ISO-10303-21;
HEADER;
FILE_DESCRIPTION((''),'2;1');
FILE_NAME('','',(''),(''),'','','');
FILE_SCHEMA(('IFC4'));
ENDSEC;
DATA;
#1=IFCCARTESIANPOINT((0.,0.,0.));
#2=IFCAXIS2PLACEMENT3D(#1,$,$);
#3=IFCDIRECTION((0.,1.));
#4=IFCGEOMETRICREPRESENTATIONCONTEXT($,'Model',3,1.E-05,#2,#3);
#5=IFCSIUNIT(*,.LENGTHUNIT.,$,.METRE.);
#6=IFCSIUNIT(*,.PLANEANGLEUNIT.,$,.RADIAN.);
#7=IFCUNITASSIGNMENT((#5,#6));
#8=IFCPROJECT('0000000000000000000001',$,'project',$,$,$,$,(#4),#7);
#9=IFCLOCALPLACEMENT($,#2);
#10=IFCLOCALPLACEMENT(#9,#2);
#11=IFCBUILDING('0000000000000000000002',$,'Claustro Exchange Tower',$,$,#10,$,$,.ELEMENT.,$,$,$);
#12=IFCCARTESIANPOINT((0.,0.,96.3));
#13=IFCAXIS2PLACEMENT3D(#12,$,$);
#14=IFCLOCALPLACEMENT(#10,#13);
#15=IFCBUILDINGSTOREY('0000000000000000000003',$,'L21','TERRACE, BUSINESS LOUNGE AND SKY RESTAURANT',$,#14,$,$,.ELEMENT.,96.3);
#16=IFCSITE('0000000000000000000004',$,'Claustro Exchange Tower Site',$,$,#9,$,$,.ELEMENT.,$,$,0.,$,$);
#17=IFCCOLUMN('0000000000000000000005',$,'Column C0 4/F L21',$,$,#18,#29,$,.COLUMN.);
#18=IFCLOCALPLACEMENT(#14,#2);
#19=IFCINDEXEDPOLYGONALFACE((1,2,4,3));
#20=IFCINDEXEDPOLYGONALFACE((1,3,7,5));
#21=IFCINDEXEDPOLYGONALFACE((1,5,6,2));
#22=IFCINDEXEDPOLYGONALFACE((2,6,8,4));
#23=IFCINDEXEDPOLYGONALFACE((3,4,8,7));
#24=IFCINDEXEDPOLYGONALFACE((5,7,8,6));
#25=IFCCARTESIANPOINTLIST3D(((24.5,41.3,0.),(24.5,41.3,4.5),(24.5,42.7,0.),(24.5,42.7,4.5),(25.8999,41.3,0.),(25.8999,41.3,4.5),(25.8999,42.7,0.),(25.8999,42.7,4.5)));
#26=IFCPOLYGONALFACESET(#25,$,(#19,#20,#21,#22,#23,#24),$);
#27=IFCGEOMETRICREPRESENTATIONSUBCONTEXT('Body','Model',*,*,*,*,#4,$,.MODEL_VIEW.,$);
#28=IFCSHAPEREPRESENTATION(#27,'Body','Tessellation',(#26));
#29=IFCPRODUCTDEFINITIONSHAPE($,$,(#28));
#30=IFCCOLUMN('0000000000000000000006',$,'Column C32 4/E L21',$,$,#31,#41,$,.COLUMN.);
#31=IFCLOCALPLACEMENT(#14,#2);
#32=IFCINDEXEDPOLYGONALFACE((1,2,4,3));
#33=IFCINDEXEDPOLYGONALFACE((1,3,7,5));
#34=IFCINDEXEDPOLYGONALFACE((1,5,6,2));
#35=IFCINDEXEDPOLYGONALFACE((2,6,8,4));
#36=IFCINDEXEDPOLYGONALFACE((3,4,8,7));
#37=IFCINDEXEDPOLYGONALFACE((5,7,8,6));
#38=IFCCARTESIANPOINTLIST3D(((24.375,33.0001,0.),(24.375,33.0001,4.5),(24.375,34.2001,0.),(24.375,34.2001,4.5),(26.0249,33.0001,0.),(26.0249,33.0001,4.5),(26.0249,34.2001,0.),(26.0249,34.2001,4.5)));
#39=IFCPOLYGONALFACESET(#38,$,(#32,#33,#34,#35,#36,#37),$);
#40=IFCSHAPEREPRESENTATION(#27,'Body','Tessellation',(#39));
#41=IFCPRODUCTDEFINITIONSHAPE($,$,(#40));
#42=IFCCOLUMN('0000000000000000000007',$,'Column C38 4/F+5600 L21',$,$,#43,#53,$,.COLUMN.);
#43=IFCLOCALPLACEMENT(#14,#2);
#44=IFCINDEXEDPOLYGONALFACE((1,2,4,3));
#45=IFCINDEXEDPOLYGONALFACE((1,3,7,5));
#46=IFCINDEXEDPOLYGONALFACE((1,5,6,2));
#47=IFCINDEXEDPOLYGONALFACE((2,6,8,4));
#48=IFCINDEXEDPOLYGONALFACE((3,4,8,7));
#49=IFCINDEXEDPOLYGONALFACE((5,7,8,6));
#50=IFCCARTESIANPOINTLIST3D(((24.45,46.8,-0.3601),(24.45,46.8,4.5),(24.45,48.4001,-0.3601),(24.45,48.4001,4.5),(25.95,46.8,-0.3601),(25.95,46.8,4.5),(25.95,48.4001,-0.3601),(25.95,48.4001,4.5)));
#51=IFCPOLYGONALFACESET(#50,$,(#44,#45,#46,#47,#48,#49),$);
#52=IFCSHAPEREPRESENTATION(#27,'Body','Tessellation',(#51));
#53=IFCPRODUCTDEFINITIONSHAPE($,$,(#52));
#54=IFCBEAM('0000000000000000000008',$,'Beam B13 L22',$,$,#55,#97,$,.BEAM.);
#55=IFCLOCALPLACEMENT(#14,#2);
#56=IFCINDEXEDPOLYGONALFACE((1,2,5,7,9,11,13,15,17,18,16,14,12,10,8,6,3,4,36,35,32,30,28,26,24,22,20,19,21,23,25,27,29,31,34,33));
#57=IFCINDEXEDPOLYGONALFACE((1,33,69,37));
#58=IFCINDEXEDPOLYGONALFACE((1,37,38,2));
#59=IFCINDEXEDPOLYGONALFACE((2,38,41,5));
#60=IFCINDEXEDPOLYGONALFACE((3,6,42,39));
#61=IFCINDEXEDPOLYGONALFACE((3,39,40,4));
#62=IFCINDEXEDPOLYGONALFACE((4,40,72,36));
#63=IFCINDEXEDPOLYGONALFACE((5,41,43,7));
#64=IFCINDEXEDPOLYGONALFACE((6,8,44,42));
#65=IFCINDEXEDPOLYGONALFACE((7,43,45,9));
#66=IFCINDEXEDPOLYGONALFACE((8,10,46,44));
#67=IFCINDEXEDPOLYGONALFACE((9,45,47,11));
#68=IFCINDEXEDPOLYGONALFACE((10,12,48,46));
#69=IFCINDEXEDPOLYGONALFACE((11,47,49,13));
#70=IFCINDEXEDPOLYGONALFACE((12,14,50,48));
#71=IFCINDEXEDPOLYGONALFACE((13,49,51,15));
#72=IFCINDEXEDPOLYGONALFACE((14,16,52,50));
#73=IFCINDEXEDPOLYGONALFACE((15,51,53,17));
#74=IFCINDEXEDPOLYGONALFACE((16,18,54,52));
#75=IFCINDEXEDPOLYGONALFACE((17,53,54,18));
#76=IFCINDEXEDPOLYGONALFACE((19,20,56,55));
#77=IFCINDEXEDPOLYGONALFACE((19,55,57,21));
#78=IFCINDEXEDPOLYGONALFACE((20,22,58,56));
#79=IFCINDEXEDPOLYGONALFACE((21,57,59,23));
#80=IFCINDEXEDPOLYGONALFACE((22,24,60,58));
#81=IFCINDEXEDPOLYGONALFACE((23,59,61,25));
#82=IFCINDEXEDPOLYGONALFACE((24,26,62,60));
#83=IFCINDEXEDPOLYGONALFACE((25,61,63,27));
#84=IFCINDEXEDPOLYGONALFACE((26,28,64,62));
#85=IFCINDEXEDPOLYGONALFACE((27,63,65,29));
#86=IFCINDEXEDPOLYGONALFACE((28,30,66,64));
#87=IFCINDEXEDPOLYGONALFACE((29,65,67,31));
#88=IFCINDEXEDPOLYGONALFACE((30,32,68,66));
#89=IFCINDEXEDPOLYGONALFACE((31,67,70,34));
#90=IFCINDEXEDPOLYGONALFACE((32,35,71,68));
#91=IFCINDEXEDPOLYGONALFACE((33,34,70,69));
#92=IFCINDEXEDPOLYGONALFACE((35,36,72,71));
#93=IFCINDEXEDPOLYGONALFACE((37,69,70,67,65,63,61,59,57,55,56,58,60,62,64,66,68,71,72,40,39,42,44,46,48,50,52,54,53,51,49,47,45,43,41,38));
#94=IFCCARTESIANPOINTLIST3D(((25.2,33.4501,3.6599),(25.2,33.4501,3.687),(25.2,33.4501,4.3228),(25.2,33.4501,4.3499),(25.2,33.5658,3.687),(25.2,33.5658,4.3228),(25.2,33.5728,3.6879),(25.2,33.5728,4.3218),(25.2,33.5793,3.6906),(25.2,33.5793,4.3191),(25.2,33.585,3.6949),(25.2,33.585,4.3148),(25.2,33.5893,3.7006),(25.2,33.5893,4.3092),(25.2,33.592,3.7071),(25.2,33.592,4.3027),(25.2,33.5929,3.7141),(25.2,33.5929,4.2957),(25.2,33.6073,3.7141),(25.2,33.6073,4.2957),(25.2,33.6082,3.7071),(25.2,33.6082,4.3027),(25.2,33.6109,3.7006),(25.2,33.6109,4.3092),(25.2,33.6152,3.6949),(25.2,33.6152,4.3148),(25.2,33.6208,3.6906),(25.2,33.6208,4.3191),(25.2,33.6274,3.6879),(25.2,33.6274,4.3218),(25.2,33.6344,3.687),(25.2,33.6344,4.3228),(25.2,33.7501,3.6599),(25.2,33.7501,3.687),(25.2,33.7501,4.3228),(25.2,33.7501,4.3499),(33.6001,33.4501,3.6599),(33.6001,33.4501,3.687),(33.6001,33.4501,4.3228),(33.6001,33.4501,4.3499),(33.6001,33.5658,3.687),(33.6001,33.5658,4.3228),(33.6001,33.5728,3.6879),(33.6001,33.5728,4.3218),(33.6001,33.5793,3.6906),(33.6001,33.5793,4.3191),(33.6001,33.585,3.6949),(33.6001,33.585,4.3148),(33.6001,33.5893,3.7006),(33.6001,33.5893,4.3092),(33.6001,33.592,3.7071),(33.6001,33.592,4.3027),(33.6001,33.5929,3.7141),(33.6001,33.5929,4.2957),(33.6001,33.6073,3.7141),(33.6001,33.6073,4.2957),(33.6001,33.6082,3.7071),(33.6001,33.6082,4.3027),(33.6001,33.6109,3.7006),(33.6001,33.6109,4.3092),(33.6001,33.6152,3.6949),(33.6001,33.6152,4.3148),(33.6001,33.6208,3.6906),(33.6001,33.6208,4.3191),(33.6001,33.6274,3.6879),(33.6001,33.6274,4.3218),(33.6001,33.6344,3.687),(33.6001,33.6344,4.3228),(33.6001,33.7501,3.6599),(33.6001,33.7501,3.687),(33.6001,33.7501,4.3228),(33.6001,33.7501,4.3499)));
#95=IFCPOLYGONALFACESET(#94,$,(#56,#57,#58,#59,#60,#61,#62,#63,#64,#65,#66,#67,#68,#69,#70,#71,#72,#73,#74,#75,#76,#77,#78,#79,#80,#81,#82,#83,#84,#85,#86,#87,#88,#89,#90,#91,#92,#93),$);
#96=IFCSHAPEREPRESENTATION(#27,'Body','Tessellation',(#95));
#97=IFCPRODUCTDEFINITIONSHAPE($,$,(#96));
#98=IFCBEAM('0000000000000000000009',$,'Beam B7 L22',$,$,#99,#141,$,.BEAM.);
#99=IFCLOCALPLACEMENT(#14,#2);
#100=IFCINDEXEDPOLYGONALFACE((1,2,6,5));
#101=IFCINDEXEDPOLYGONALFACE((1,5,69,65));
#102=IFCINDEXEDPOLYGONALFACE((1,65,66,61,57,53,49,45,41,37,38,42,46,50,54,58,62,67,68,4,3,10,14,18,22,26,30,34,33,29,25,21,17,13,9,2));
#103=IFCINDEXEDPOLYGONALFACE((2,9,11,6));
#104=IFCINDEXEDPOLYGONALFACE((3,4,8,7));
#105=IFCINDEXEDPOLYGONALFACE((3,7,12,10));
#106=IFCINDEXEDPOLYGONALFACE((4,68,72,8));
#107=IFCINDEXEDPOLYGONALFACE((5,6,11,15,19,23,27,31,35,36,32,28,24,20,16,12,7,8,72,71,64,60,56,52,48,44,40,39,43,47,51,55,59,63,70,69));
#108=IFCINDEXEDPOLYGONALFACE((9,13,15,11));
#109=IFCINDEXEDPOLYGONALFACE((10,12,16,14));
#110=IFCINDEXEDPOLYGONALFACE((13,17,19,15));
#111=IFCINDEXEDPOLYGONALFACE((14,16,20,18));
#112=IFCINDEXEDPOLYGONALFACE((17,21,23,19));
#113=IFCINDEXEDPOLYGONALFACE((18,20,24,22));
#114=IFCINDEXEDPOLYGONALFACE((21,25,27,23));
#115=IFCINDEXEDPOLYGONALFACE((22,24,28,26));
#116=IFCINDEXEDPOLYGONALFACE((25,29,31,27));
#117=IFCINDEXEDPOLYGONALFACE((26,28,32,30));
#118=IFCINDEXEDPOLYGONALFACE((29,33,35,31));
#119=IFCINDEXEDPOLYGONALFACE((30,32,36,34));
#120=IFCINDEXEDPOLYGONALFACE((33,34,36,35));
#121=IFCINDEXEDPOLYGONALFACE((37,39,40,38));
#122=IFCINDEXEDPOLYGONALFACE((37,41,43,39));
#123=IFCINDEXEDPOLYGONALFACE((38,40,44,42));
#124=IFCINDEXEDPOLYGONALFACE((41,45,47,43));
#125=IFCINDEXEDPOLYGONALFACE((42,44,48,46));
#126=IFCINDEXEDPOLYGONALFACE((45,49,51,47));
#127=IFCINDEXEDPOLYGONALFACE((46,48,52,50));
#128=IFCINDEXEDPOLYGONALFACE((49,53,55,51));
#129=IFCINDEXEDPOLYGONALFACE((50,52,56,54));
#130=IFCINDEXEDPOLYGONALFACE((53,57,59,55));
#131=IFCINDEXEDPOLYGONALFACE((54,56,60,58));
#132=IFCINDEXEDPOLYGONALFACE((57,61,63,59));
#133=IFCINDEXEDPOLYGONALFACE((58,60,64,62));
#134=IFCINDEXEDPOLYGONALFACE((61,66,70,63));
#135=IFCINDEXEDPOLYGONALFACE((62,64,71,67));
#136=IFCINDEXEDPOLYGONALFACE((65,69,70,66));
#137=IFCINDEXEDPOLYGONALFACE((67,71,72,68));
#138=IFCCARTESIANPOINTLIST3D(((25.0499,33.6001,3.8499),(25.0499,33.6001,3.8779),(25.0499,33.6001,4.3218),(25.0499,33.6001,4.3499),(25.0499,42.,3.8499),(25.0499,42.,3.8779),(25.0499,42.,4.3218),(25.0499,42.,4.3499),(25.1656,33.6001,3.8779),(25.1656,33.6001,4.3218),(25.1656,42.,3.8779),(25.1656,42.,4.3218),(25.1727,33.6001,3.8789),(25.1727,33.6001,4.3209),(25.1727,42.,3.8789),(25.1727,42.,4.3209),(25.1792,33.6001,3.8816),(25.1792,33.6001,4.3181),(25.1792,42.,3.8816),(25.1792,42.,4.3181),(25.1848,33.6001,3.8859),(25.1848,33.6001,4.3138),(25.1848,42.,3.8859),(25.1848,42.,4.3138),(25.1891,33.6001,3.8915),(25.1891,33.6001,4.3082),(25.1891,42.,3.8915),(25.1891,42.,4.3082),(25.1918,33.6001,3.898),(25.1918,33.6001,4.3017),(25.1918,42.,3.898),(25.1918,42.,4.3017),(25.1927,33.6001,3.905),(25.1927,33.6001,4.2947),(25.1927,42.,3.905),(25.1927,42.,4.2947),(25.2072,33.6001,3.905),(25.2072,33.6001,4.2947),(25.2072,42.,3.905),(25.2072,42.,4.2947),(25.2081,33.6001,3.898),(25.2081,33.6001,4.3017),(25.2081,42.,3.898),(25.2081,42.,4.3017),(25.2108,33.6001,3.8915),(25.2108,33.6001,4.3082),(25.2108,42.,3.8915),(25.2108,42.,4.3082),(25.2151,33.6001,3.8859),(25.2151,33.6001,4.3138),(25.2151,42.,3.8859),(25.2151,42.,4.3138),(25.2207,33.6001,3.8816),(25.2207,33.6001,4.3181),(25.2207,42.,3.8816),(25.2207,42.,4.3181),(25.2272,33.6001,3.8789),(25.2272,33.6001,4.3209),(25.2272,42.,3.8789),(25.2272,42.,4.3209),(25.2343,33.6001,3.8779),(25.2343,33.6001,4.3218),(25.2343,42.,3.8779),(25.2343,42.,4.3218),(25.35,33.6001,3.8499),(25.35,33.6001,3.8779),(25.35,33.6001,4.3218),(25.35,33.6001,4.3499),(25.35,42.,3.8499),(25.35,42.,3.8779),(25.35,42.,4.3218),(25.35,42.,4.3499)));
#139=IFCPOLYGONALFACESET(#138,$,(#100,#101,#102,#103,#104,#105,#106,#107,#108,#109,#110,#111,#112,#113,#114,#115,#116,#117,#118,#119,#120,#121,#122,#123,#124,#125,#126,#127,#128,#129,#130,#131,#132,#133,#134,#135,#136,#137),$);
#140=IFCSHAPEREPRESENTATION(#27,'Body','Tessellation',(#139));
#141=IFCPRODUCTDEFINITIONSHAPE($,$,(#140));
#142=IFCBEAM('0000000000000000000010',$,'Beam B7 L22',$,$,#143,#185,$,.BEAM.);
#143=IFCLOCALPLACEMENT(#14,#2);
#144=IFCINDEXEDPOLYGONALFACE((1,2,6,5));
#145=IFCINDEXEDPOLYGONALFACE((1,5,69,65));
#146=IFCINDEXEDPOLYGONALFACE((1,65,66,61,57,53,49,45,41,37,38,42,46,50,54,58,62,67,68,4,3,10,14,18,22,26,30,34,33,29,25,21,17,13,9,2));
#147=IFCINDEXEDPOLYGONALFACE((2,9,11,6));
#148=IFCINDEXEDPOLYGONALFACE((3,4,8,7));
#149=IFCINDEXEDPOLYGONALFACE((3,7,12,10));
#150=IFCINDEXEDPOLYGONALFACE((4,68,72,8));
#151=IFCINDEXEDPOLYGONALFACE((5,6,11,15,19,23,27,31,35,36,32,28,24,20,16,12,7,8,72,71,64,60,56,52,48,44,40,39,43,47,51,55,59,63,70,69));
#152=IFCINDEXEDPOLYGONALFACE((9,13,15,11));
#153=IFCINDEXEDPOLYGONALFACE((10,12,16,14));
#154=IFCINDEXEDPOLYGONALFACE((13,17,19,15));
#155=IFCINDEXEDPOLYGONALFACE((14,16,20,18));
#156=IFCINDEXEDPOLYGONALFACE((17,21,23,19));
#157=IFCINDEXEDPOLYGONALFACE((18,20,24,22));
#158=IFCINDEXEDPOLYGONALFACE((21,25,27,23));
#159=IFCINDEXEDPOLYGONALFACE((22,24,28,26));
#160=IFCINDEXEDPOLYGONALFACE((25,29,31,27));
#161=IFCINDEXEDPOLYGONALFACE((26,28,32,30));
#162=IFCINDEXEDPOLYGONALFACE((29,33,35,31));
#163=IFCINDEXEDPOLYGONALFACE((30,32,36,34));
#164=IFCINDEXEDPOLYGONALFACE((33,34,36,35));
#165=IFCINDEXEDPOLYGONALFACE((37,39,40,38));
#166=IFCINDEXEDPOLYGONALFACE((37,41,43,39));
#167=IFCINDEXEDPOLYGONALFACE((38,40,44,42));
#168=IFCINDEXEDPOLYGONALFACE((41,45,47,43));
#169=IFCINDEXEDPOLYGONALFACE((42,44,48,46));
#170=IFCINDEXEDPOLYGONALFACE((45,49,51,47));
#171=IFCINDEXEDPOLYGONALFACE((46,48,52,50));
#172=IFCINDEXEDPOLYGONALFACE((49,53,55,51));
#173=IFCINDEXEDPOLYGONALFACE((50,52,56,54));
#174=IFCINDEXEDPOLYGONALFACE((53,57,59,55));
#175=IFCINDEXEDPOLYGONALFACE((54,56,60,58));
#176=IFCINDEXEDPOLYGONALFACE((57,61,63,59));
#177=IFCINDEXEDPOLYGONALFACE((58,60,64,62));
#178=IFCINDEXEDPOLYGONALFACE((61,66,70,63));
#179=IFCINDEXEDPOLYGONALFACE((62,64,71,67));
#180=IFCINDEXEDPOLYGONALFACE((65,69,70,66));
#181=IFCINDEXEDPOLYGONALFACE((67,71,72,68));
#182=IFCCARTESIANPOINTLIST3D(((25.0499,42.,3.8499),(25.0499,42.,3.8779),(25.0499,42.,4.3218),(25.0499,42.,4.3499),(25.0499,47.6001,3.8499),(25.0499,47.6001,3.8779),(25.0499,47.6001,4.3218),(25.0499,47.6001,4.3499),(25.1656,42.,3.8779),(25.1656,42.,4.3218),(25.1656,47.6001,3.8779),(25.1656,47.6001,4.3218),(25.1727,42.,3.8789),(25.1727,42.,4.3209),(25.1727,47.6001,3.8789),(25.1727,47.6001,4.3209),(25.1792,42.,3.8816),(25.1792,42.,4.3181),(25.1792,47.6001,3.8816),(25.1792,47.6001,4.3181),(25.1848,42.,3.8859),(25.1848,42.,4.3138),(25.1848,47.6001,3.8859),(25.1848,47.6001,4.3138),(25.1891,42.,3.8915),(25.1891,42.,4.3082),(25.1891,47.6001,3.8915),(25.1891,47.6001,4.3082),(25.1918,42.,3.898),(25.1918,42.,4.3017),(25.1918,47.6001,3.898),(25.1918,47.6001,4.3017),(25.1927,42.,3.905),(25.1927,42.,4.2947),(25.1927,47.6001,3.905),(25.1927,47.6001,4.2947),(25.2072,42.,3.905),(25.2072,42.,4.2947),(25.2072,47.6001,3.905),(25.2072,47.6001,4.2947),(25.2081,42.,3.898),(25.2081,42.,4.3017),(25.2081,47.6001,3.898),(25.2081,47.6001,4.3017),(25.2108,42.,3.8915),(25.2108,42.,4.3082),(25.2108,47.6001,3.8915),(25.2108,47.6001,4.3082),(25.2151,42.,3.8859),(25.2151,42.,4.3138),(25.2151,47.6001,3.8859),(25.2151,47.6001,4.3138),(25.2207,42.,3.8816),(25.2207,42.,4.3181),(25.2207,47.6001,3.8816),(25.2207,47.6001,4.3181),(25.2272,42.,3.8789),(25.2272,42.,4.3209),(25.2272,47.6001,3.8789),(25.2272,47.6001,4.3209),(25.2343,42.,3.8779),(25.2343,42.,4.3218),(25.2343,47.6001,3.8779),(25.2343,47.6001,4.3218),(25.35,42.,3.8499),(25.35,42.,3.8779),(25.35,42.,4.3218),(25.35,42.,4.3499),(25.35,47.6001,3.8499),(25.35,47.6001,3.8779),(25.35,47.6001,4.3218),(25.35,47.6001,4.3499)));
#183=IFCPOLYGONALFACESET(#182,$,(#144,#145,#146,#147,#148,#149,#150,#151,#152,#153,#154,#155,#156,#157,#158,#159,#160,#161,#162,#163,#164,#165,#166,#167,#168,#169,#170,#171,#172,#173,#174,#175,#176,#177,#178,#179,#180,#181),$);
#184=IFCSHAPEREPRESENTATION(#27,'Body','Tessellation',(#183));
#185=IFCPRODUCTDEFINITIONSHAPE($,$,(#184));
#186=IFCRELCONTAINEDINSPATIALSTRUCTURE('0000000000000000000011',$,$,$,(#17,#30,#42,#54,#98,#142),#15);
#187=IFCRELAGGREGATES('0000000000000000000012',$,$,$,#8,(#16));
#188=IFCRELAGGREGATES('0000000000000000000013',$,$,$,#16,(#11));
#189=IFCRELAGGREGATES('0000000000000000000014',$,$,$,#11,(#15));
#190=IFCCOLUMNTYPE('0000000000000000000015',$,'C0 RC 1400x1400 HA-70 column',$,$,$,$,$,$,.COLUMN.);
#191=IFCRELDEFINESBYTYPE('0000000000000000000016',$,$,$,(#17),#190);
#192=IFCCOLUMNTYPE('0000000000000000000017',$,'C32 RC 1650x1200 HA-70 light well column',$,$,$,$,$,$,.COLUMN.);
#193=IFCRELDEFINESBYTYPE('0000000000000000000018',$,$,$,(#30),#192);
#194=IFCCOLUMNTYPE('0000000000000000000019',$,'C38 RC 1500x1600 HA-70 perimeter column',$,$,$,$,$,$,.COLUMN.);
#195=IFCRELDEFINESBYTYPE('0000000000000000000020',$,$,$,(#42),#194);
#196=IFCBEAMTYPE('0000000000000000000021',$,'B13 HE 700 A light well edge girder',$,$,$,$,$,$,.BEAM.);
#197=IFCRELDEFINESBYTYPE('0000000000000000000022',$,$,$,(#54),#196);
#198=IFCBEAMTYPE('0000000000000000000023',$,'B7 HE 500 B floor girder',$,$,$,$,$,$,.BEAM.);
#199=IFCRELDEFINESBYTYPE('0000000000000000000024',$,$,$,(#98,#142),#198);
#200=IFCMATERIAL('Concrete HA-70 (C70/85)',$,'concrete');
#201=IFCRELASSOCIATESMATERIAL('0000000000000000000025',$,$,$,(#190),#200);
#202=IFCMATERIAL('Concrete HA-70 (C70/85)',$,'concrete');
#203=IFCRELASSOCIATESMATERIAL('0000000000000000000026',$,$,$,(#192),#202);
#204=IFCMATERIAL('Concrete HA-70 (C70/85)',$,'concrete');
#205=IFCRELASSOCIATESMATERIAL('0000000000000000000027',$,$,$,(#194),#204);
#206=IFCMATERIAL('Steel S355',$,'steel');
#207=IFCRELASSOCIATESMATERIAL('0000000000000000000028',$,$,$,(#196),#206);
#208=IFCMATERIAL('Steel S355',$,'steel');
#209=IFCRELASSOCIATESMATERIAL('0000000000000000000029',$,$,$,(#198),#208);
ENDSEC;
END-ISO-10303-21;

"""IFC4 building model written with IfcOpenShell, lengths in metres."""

from ifc_helpers import new_model, si_unit, direction, frame, origin, origin_2d, place, context, subcontext, project, spatial, rectangle, i_section, extrude, material, material_profile, profile_set, type_object, element, save


model = new_model("IFC4")

# Units and contexts
model_context = context("Model", 3, precision=1e-05, world=origin(), true_north=direction((0.0, 1.0)))
body_context = subcontext(model_context, "Body", "Model", "MODEL_VIEW")
ifc_project = project(units=[si_unit("LENGTHUNIT", "METRE"), si_unit("PLANEANGLEUNIT", "RADIAN")], contexts=[model_context])

# Site, building, storey
site_placement = place(None, origin())
site = spatial("IfcSite", under=ifc_project, at=site_placement, Name="Claustro Exchange Tower Site", CompositionType="ELEMENT", RefElevation=0.0)
building_placement = place(site_placement, origin())
building = spatial("IfcBuilding", under=site, at=building_placement, Name="Claustro Exchange Tower", CompositionType="ELEMENT")
storey_placement = place(building_placement, frame((0.0, 0.0, 96.3)))
storey = spatial("IfcBuildingStorey", under=building, at=storey_placement, Name="L21", Description="TERRACE, BUSINESS LOUNGE AND SKY RESTAURANT", CompositionType="ELEMENT", Elevation=96.3)

# Columns
ifc_material_1 = material(Name="Concrete HA-70 (C70/85)", Category="concrete")
ifc_material_profile_1 = material_profile(ifc_material_1, rectangle(XDim=1.3999, YDim=1.3999, at=origin_2d()), Name="RC 1400x1400")
ifc_profile_set_1 = profile_set([ifc_material_profile_1], Name="Concrete HA-70 (C70/85)")
column_type_1 = type_object("IfcColumnType", Name="C0 RC 1400x1400 HA-70 column", PredefinedType="COLUMN", material=ifc_profile_set_1)
column_1_placement = place(storey_placement, frame((25.2, 42.0, 0.0), z_axis=(0.0, 0.0, 1.0), x_axis=(1.0, 0.0, 0.0)))
element("IfcColumn", 1, at=column_1_placement, inside=storey, type_object=column_type_1, Name="Column C0 4/F L21", PredefinedType="COLUMN", context=body_context, shape_type="SweptSolid", body=[
    extrude(rectangle(XDim=1.3999, YDim=1.3999, at=origin_2d()), origin(), (0.0, 0.0, 1.0), 4.5),
])
ifc_material_2 = material(Name="Concrete HA-70 (C70/85)", Category="concrete")
ifc_material_profile_2 = material_profile(ifc_material_2, rectangle(XDim=1.6499, YDim=1.2, at=origin_2d()), Name="RC 1650x1200")
ifc_profile_set_2 = profile_set([ifc_material_profile_2], Name="Concrete HA-70 (C70/85)")
column_type_2 = type_object("IfcColumnType", Name="C32 RC 1650x1200 HA-70 light well column", PredefinedType="COLUMN", material=ifc_profile_set_2)
column_2_placement = place(storey_placement, frame((25.2, 33.6001, 0.0), z_axis=(0.0, 0.0, 1.0), x_axis=(1.0, 0.0, 0.0)))
element("IfcColumn", 2, at=column_2_placement, inside=storey, type_object=column_type_2, Name="Column C32 4/E L21", PredefinedType="COLUMN", context=body_context, shape_type="SweptSolid", body=[
    extrude(rectangle(XDim=1.6499, YDim=1.2, at=origin_2d()), origin(), (0.0, 0.0, 1.0), 4.5),
])
ifc_material_3 = material(Name="Concrete HA-70 (C70/85)", Category="concrete")
ifc_material_profile_3 = material_profile(ifc_material_3, rectangle(XDim=1.5, YDim=1.6001, at=origin_2d()), Name="RC 1500x1600")
ifc_profile_set_3 = profile_set([ifc_material_profile_3], Name="Concrete HA-70 (C70/85)")
column_type_3 = type_object("IfcColumnType", Name="C38 RC 1500x1600 HA-70 perimeter column", PredefinedType="COLUMN", material=ifc_profile_set_3)
column_3_placement = place(storey_placement, frame((25.2, 47.6001, -0.3601), z_axis=(0.0, 0.0, 1.0), x_axis=(1.0, 0.0, 0.0)))
element("IfcColumn", 3, at=column_3_placement, inside=storey, type_object=column_type_3, Name="Column C38 4/F+5600 L21", PredefinedType="COLUMN", context=body_context, shape_type="SweptSolid", body=[
    extrude(rectangle(XDim=1.5, YDim=1.6001, at=origin_2d()), origin(), (0.0, 0.0, 1.0), 4.8601),
])

# Beams
ifc_material_4 = material(Name="Steel S355", Category="steel")
ifc_material_profile_4 = material_profile(ifc_material_4, i_section(OverallWidth=0.3, OverallDepth=0.6899, WebThickness=0.0144, FlangeThickness=0.0271, FilletRadius=0.0271, at=origin_2d()), Name="HE 700 A")
ifc_profile_set_4 = profile_set([ifc_material_profile_4], Name="Steel S355")
beam_type_1 = type_object("IfcBeamType", Name="B13 HE 700 A light well edge girder", PredefinedType="BEAM", material=ifc_profile_set_4)
beam_1_placement = place(storey_placement, frame((25.2, 33.6001, 4.0049), z_axis=(1.0, 0.0, 0.0), x_axis=(0.0, 1.0, 0.0)))
element("IfcBeam", 4, at=beam_1_placement, inside=storey, type_object=beam_type_1, Name="Beam B13 L22", PredefinedType="BEAM", context=body_context, shape_type="SweptSolid", body=[
    extrude(i_section(OverallWidth=0.3, OverallDepth=0.6899, WebThickness=0.0144, FlangeThickness=0.0271, FilletRadius=0.0271, at=origin_2d()), origin(), (0.0, 0.0, 1.0), 8.4001),
])
ifc_material_5 = material(Name="Steel S355", Category="steel")
ifc_material_profile_5 = material_profile(ifc_material_5, i_section(OverallWidth=0.3, OverallDepth=0.5, WebThickness=0.0144, FlangeThickness=0.0281, FilletRadius=0.0271, at=origin_2d()), Name="HE 500 B")
ifc_profile_set_5 = profile_set([ifc_material_profile_5], Name="Steel S355")
beam_type_2 = type_object("IfcBeamType", Name="B7 HE 500 B floor girder", PredefinedType="BEAM", material=ifc_profile_set_5)
beam_2_placement = place(storey_placement, frame((25.2, 33.6001, 4.0999), z_axis=(0.0, 1.0, 0.0), x_axis=(-1.0, 0.0, 0.0)))
element("IfcBeam", 5, at=beam_2_placement, inside=storey, type_object=beam_type_2, Name="Beam B7 L22", PredefinedType="BEAM", context=body_context, shape_type="SweptSolid", body=[
    extrude(i_section(OverallWidth=0.3, OverallDepth=0.5, WebThickness=0.0144, FlangeThickness=0.0281, FilletRadius=0.0271, at=origin_2d()), origin(), (0.0, 0.0, 1.0), 8.3999),
])
beam_3_placement = place(storey_placement, frame((25.2, 42.0, 4.0999), z_axis=(0.0, 1.0, 0.0), x_axis=(-1.0, 0.0, 0.0)))
element("IfcBeam", 6, at=beam_3_placement, inside=storey, type_object=beam_type_2, Name="Beam B7 L22", PredefinedType="BEAM", context=body_context, shape_type="SweptSolid", body=[
    extrude(i_section(OverallWidth=0.3, OverallDepth=0.5, WebThickness=0.0144, FlangeThickness=0.0281, FilletRadius=0.0271, at=origin_2d()), origin(), (0.0, 0.0, 1.0), 5.6001),
])

save(model, "model.ifc")
